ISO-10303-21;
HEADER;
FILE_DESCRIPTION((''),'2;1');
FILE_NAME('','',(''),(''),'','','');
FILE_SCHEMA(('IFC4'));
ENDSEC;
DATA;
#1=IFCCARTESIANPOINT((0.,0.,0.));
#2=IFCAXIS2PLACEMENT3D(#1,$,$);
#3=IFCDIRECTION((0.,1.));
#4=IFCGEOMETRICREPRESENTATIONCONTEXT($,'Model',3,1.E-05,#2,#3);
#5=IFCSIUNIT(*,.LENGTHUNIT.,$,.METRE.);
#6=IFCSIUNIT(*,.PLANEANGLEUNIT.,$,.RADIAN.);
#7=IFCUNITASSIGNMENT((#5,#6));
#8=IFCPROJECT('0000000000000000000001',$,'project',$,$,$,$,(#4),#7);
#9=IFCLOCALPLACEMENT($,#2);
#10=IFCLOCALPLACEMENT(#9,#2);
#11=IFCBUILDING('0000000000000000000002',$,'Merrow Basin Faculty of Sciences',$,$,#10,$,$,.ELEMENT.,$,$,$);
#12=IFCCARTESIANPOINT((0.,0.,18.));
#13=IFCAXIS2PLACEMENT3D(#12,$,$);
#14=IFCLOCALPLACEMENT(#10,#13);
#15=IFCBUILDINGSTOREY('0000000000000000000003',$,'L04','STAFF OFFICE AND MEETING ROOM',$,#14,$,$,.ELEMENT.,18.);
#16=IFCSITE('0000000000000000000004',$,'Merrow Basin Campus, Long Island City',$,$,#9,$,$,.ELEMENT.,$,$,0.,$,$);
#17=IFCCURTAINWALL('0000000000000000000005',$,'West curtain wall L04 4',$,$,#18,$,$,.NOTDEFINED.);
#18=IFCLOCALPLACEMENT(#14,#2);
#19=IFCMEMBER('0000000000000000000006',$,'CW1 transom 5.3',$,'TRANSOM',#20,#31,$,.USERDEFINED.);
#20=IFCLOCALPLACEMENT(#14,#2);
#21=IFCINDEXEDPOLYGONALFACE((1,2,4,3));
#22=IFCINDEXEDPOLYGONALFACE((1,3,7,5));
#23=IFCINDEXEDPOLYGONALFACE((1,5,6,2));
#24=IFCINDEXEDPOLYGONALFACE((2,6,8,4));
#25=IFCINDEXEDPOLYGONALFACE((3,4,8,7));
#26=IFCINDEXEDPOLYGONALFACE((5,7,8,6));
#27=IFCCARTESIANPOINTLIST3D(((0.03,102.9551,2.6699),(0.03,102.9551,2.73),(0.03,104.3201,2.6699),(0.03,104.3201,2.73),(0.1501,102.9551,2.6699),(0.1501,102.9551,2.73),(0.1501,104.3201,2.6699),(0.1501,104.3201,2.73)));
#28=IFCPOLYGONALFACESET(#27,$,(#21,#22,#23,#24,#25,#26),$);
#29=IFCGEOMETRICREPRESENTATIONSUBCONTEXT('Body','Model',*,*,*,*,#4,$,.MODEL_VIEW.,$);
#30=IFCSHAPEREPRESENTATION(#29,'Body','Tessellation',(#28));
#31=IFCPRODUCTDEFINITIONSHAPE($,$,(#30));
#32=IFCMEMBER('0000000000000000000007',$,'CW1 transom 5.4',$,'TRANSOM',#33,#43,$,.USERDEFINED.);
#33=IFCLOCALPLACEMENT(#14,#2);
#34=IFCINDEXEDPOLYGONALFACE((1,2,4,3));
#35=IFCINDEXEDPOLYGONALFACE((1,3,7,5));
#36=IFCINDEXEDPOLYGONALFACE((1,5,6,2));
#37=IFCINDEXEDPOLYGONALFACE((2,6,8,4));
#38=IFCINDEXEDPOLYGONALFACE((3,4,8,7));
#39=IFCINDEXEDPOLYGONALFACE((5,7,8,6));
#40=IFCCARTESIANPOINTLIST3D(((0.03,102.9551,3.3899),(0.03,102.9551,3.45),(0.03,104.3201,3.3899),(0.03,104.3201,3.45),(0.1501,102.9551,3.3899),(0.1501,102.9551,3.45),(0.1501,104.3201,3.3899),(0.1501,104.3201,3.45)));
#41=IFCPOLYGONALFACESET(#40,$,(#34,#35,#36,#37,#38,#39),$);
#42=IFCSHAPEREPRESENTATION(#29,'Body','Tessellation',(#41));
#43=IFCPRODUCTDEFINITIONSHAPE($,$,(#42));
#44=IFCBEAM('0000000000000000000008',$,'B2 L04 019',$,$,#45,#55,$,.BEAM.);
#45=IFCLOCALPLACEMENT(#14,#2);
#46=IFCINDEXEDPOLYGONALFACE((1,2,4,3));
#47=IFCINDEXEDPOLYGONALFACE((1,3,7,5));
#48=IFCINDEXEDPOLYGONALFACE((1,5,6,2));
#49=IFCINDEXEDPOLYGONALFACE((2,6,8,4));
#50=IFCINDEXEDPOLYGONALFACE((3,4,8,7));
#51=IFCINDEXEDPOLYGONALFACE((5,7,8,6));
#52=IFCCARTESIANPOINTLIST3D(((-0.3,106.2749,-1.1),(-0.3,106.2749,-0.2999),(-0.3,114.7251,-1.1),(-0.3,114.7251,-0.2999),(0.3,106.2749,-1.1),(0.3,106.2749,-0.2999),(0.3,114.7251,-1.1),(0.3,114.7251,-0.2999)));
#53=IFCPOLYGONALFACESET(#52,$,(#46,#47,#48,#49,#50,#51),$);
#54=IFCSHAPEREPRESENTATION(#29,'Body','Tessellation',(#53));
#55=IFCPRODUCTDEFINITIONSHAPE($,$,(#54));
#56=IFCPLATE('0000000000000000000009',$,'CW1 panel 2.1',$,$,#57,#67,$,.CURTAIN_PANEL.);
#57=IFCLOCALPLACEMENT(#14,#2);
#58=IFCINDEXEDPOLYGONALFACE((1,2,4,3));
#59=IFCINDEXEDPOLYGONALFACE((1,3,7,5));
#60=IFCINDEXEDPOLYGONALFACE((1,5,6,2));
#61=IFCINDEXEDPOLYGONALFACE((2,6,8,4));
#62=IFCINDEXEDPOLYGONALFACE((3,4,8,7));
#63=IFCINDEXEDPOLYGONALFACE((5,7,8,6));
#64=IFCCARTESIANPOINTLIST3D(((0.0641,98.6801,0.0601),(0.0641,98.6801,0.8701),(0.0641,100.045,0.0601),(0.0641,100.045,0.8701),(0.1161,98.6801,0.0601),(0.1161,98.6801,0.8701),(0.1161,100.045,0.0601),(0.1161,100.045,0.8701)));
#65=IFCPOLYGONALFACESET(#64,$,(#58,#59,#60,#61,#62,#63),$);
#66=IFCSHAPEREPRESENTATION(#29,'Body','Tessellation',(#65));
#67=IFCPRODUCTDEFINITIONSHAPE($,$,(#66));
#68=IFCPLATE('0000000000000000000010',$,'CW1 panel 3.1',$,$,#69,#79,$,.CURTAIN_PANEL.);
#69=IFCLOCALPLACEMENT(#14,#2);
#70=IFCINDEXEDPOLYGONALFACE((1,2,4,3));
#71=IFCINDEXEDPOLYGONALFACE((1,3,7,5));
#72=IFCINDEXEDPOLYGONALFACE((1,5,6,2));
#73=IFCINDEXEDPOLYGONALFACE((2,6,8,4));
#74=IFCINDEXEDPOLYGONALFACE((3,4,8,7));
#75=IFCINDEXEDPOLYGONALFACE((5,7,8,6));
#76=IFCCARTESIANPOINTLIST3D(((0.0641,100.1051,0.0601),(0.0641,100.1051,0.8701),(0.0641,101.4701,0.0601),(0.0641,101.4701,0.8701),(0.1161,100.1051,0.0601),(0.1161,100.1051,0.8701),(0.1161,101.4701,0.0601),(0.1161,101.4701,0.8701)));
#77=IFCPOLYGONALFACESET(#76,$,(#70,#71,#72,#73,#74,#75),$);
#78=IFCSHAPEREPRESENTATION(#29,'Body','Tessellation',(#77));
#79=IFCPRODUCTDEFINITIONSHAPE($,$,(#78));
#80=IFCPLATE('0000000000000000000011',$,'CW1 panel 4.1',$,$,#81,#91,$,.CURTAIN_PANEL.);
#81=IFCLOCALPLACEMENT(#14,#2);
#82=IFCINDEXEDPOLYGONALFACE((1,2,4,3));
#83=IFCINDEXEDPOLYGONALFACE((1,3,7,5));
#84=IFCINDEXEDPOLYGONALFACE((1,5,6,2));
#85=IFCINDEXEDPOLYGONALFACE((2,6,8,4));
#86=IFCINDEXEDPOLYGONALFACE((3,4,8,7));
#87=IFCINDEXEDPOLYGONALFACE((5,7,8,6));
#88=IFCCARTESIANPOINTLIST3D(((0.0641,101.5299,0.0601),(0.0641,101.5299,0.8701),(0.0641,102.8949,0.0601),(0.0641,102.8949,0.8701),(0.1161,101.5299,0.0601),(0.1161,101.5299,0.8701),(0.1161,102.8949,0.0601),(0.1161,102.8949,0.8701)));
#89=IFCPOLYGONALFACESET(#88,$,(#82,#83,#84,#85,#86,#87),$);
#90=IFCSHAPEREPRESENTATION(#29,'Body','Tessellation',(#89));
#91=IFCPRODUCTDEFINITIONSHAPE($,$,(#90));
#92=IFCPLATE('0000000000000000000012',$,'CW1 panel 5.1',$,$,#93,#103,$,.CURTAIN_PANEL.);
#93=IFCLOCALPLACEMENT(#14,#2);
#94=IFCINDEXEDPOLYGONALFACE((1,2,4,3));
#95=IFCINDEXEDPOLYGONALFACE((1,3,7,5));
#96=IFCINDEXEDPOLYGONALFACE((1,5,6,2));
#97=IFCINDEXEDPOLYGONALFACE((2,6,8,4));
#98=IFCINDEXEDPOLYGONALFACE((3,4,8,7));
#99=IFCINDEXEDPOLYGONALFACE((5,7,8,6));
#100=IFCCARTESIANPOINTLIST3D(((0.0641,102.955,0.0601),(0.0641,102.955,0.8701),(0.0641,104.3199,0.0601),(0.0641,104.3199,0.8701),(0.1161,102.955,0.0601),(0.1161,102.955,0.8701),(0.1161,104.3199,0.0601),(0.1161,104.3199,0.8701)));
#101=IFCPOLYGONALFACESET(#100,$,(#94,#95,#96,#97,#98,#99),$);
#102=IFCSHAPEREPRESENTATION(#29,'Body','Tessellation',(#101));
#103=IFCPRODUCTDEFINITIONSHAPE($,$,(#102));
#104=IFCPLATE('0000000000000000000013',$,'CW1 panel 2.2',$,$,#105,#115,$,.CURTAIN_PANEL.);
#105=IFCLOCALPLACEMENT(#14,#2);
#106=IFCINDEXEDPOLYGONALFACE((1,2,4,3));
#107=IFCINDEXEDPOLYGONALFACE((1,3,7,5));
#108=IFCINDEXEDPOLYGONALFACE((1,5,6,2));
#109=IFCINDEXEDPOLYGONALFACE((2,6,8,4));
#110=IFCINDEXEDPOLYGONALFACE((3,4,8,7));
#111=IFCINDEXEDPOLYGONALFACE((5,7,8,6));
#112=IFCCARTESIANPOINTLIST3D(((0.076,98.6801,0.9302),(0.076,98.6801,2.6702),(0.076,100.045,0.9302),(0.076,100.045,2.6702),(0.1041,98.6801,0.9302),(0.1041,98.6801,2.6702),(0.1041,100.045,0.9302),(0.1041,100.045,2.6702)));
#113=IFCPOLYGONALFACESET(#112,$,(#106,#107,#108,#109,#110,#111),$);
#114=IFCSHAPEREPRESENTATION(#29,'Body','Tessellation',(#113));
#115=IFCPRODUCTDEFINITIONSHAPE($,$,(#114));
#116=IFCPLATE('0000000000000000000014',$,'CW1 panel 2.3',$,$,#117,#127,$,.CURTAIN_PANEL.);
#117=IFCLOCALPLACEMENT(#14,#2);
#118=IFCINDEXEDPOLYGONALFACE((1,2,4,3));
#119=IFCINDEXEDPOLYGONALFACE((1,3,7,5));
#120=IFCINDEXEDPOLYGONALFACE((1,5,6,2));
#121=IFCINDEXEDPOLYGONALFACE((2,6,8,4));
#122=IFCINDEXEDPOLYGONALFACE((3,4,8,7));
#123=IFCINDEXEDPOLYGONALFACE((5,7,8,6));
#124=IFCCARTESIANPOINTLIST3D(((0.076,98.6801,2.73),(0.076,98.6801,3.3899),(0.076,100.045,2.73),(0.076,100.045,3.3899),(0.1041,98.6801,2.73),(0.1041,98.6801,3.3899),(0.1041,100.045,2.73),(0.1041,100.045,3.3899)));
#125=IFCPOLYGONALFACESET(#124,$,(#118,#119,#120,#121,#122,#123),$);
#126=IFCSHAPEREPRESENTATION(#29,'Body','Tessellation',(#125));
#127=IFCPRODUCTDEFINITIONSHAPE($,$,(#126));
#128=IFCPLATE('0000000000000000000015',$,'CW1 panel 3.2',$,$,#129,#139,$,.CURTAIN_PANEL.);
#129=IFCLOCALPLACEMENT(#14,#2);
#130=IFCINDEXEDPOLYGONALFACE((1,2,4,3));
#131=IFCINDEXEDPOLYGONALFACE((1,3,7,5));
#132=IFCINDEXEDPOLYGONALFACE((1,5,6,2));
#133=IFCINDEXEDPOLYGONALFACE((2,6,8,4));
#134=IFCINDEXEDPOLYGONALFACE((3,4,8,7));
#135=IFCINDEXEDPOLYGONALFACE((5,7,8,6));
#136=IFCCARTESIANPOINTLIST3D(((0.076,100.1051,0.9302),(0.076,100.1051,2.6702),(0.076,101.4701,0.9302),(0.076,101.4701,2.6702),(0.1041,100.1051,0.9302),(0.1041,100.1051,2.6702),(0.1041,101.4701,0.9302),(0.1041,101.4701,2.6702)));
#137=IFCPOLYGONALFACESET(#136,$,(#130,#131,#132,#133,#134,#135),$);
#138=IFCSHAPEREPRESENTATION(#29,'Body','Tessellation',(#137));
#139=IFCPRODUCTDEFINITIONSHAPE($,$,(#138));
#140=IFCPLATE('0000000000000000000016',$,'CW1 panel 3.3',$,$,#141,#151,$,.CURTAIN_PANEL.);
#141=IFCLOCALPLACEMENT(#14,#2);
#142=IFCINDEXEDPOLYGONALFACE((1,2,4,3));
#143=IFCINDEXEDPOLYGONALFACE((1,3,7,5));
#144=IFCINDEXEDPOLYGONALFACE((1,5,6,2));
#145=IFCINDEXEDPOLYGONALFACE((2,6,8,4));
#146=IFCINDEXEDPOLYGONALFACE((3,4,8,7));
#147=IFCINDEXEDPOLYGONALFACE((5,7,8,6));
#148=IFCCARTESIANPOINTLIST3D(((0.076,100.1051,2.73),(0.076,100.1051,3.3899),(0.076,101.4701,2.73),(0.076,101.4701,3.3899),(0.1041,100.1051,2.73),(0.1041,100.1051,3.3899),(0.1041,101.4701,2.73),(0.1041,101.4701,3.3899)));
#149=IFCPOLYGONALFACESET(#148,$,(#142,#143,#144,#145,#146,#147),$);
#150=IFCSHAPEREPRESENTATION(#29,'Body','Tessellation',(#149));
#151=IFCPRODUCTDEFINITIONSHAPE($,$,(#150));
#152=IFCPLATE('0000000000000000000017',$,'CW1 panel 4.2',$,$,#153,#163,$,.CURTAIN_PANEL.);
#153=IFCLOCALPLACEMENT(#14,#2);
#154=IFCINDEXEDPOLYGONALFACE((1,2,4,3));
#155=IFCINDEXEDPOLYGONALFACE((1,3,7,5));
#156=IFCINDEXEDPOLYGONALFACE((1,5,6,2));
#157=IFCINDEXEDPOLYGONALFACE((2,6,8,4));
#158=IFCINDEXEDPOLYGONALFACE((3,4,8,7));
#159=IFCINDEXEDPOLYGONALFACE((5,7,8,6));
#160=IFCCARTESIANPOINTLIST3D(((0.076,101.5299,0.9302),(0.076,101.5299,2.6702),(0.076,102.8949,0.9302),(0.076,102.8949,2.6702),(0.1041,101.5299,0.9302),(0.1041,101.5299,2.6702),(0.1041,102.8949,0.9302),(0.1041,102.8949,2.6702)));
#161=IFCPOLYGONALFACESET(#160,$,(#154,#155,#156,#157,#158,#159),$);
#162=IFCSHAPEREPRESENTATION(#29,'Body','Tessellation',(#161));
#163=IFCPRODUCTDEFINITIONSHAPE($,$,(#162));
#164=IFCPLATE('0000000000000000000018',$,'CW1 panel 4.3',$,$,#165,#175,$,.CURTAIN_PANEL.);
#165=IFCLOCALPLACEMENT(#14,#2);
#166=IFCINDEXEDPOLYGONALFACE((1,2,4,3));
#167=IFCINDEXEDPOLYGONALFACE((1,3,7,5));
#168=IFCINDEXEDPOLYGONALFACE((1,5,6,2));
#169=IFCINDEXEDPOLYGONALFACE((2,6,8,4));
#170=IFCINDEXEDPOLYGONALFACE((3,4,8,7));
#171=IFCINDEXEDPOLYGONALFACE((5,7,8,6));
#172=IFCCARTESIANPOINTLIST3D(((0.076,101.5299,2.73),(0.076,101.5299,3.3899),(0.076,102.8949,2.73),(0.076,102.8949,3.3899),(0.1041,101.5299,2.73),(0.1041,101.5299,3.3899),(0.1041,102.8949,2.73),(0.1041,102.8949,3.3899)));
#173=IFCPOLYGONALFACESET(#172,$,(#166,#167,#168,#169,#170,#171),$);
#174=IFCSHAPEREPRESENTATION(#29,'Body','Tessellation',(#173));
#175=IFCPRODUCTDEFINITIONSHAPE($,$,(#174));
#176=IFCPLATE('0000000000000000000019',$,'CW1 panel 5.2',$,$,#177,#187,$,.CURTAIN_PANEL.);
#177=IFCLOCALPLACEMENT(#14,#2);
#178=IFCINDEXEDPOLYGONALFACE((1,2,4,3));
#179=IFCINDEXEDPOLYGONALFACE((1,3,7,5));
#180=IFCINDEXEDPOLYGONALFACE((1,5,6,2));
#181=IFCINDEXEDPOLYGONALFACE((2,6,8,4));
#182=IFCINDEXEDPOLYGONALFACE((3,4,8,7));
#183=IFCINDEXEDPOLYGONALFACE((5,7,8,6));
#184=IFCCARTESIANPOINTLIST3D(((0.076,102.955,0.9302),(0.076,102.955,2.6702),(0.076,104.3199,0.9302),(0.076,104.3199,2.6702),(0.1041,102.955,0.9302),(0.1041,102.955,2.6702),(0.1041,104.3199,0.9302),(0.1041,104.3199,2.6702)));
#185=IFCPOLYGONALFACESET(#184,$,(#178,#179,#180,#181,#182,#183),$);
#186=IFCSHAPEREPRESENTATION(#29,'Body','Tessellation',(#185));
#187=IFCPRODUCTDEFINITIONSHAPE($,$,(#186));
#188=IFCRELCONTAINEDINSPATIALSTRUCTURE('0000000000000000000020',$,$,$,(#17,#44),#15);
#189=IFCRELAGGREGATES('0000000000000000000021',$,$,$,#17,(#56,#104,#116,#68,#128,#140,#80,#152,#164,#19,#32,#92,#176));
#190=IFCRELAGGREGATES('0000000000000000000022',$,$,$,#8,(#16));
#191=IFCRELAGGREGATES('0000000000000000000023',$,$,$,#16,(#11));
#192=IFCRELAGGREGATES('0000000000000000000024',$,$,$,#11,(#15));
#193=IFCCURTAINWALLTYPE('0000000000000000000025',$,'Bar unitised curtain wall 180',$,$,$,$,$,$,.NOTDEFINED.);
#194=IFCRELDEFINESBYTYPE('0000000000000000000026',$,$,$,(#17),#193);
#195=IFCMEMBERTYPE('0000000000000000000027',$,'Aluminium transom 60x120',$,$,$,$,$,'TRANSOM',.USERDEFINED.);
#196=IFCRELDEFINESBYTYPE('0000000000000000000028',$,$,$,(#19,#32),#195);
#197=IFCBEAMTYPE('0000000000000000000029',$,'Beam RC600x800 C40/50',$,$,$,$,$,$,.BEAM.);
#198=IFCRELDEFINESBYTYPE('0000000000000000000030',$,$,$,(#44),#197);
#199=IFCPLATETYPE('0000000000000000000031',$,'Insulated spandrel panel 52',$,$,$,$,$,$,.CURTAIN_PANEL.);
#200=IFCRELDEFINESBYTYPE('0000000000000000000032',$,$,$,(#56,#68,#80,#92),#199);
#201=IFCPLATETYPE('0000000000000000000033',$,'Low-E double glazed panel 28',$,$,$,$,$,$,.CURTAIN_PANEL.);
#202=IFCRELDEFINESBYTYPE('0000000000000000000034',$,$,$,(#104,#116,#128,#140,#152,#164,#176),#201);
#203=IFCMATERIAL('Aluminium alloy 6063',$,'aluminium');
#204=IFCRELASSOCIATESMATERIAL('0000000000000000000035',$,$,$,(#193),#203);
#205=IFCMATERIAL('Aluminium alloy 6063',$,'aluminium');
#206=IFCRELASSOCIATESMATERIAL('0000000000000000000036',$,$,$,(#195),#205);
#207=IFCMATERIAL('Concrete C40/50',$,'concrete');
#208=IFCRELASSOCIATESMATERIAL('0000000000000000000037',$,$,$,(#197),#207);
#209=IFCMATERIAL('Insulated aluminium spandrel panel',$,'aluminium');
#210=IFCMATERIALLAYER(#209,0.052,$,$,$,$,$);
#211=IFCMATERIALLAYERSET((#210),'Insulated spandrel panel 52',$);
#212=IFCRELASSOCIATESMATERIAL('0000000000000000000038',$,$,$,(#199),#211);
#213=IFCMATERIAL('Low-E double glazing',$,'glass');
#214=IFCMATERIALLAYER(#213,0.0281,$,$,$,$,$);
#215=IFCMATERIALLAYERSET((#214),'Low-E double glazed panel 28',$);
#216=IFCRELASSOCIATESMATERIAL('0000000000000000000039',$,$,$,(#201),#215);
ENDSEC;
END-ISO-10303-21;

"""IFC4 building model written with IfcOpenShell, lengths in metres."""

from ifc_helpers import new_model, si_unit, direction, frame, origin, origin_2d, place, context, subcontext, project, spatial, rectangle, extrude, material, layer, layer_set, material_profile, profile_set, type_object, element, aggregate, save


model = new_model("IFC4")

# Units and contexts
model_context = context("Model", 3, precision=1e-05, world=origin(), true_north=direction((0.0, 1.0)))
body_context = subcontext(model_context, "Body", "Model", "MODEL_VIEW")
ifc_project = project(units=[si_unit("LENGTHUNIT", "METRE"), si_unit("PLANEANGLEUNIT", "RADIAN")], contexts=[model_context])

# Site, building, storey
site_placement = place(None, origin())
site = spatial("IfcSite", under=ifc_project, at=site_placement, Name="Merrow Basin Campus, Long Island City", CompositionType="ELEMENT", RefElevation=0.0)
building_placement = place(site_placement, origin())
building = spatial("IfcBuilding", under=site, at=building_placement, Name="Merrow Basin Faculty of Sciences", CompositionType="ELEMENT")
storey_placement = place(building_placement, frame((0.0, 0.0, 18.0)))
storey = spatial("IfcBuildingStorey", under=building, at=storey_placement, Name="L04", Description="STAFF OFFICE AND MEETING ROOM", CompositionType="ELEMENT", Elevation=18.0)

# Curtain wall, members
ifc_material_1 = material(Name="Aluminium alloy 6063", Category="aluminium")
curtain_wall_type = type_object("IfcCurtainWallType", Name="Bar unitised curtain wall 180", PredefinedType="NOTDEFINED", material=ifc_material_1)
curtain_wall_placement = place(storey_placement, origin())
curtain_wall = element("IfcCurtainWall", 1, at=curtain_wall_placement, inside=storey, type_object=curtain_wall_type, Name="West curtain wall L04 4", PredefinedType="NOTDEFINED")
ifc_material_2 = material(Name="Aluminium alloy 6063", Category="aluminium")
ifc_material_profile_1 = material_profile(ifc_material_2, rectangle(XDim=0.1201, YDim=0.0601, at=origin_2d()))
ifc_profile_set_1 = profile_set([ifc_material_profile_1], Name="Aluminium alloy 6063")
member_type_1 = type_object("IfcMemberType", Name="Aluminium transom 60x120", ElementType="TRANSOM", PredefinedType="USERDEFINED", material=ifc_profile_set_1)
member_1_placement = place(storey_placement, frame((0.0901, 102.9551, 2.7), z_axis=(0.0, 1.0, 0.0), x_axis=(-1.0, 0.0, 0.0)))
member_1 = element("IfcMember", 2, at=member_1_placement, type_object=member_type_1, Name="CW1 transom 5.3", ObjectType="TRANSOM", PredefinedType="USERDEFINED", context=body_context, shape_type="SweptSolid", body=[
    extrude(rectangle(XDim=0.1201, YDim=0.0601, at=origin_2d()), origin(), (0.0, 0.0, 1.0), 1.365),
])
member_2_placement = place(storey_placement, frame((0.0901, 102.9551, 3.4199), z_axis=(0.0, 1.0, 0.0), x_axis=(-1.0, 0.0, 0.0)))
member_2 = element("IfcMember", 3, at=member_2_placement, type_object=member_type_1, Name="CW1 transom 5.4", ObjectType="TRANSOM", PredefinedType="USERDEFINED", context=body_context, shape_type="SweptSolid", body=[
    extrude(rectangle(XDim=0.1201, YDim=0.0601, at=origin_2d()), origin(), (0.0, 0.0, 1.0), 1.365),
])

# Beam
ifc_material_3 = material(Name="Concrete C40/50", Category="concrete")
ifc_material_profile_2 = material_profile(ifc_material_3, rectangle(XDim=0.6001, YDim=0.8, at=origin_2d()))
ifc_profile_set_2 = profile_set([ifc_material_profile_2], Name="Concrete C40/50")
beam_type = type_object("IfcBeamType", Name="Beam RC600x800 C40/50", PredefinedType="BEAM", material=ifc_profile_set_2)
beam_placement = place(storey_placement, frame((0.0, 106.2749, -0.7), z_axis=(0.0, 1.0, 0.0), x_axis=(-1.0, 0.0, 0.0)))
element("IfcBeam", 4, at=beam_placement, inside=storey, type_object=beam_type, Name="B2 L04 019", PredefinedType="BEAM", context=body_context, shape_type="SweptSolid", body=[
    extrude(rectangle(XDim=0.6001, YDim=0.8, at=origin_2d()), origin(), (0.0, 0.0, 1.0), 8.4502),
])

# Plates
ifc_material_4 = material(Name="Insulated aluminium spandrel panel", Category="aluminium")
ifc_layer_1 = layer(ifc_material_4, 0.052)
ifc_layer_set_1 = layer_set([ifc_layer_1], Name="Insulated spandrel panel 52")
plate_type_1 = type_object("IfcPlateType", Name="Insulated spandrel panel 52", PredefinedType="CURTAIN_PANEL", material=ifc_layer_set_1)
plate_1_placement = place(storey_placement, frame((0.0901, 99.3625, 0.0601), z_axis=(0.0, 0.0, 1.0), x_axis=(0.0, 1.0, 0.0)))
plate_1 = element("IfcPlate", 5, at=plate_1_placement, type_object=plate_type_1, Name="CW1 panel 2.1", PredefinedType="CURTAIN_PANEL", context=body_context, shape_type="SweptSolid", body=[
    extrude(rectangle(XDim=1.365, YDim=0.052, at=origin_2d()), origin(), (0.0, 0.0, 1.0), 0.8101),
])
plate_2_placement = place(storey_placement, frame((0.0901, 100.7876, 0.0601), z_axis=(0.0, 0.0, 1.0), x_axis=(0.0, 1.0, 0.0)))
plate_2 = element("IfcPlate", 6, at=plate_2_placement, type_object=plate_type_1, Name="CW1 panel 3.1", PredefinedType="CURTAIN_PANEL", context=body_context, shape_type="SweptSolid", body=[
    extrude(rectangle(XDim=1.365, YDim=0.052, at=origin_2d()), origin(), (0.0, 0.0, 1.0), 0.8101),
])
plate_3_placement = place(storey_placement, frame((0.0901, 102.2124, 0.0601), z_axis=(0.0, 0.0, 1.0), x_axis=(0.0, 1.0, 0.0)))
plate_3 = element("IfcPlate", 7, at=plate_3_placement, type_object=plate_type_1, Name="CW1 panel 4.1", PredefinedType="CURTAIN_PANEL", context=body_context, shape_type="SweptSolid", body=[
    extrude(rectangle(XDim=1.365, YDim=0.052, at=origin_2d()), origin(), (0.0, 0.0, 1.0), 0.8101),
])
plate_4_placement = place(storey_placement, frame((0.0901, 103.6375, 0.0601), z_axis=(0.0, 0.0, 1.0), x_axis=(0.0, 1.0, 0.0)))
plate_4 = element("IfcPlate", 8, at=plate_4_placement, type_object=plate_type_1, Name="CW1 panel 5.1", PredefinedType="CURTAIN_PANEL", context=body_context, shape_type="SweptSolid", body=[
    extrude(rectangle(XDim=1.365, YDim=0.052, at=origin_2d()), origin(), (0.0, 0.0, 1.0), 0.8101),
])
ifc_material_5 = material(Name="Low-E double glazing", Category="glass")
ifc_layer_2 = layer(ifc_material_5, 0.0281)
ifc_layer_set_2 = layer_set([ifc_layer_2], Name="Low-E double glazed panel 28")
plate_type_2 = type_object("IfcPlateType", Name="Low-E double glazed panel 28", PredefinedType="CURTAIN_PANEL", material=ifc_layer_set_2)
plate_5_placement = place(storey_placement, frame((0.0901, 99.3625, 0.9302), z_axis=(0.0, 0.0, 1.0), x_axis=(0.0, 1.0, 0.0)))
plate_5 = element("IfcPlate", 9, at=plate_5_placement, type_object=plate_type_2, Name="CW1 panel 2.2", PredefinedType="CURTAIN_PANEL", context=body_context, shape_type="SweptSolid", body=[
    extrude(rectangle(XDim=1.365, YDim=0.0281, at=origin_2d()), origin(), (0.0, 0.0, 1.0), 1.74),
])
plate_6_placement = place(storey_placement, frame((0.0901, 99.3625, 2.73), z_axis=(0.0, 0.0, 1.0), x_axis=(0.0, 1.0, 0.0)))
plate_6 = element("IfcPlate", 10, at=plate_6_placement, type_object=plate_type_2, Name="CW1 panel 2.3", PredefinedType="CURTAIN_PANEL", context=body_context, shape_type="SweptSolid", body=[
    extrude(rectangle(XDim=1.365, YDim=0.0281, at=origin_2d()), origin(), (0.0, 0.0, 1.0), 0.6599),
])
plate_7_placement = place(storey_placement, frame((0.0901, 100.7876, 0.9302), z_axis=(0.0, 0.0, 1.0), x_axis=(0.0, 1.0, 0.0)))
plate_7 = element("IfcPlate", 11, at=plate_7_placement, type_object=plate_type_2, Name="CW1 panel 3.2", PredefinedType="CURTAIN_PANEL", context=body_context, shape_type="SweptSolid", body=[
    extrude(rectangle(XDim=1.365, YDim=0.0281, at=origin_2d()), origin(), (0.0, 0.0, 1.0), 1.74),
])
plate_8_placement = place(storey_placement, frame((0.0901, 100.7876, 2.73), z_axis=(0.0, 0.0, 1.0), x_axis=(0.0, 1.0, 0.0)))
plate_8 = element("IfcPlate", 12, at=plate_8_placement, type_object=plate_type_2, Name="CW1 panel 3.3", PredefinedType="CURTAIN_PANEL", context=body_context, shape_type="SweptSolid", body=[
    extrude(rectangle(XDim=1.365, YDim=0.0281, at=origin_2d()), origin(), (0.0, 0.0, 1.0), 0.6599),
])
plate_9_placement = place(storey_placement, frame((0.0901, 102.2124, 0.9302), z_axis=(0.0, 0.0, 1.0), x_axis=(0.0, 1.0, 0.0)))
plate_9 = element("IfcPlate", 13, at=plate_9_placement, type_object=plate_type_2, Name="CW1 panel 4.2", PredefinedType="CURTAIN_PANEL", context=body_context, shape_type="SweptSolid", body=[
    extrude(rectangle(XDim=1.365, YDim=0.0281, at=origin_2d()), origin(), (0.0, 0.0, 1.0), 1.74),
])
plate_10_placement = place(storey_placement, frame((0.0901, 102.2124, 2.73), z_axis=(0.0, 0.0, 1.0), x_axis=(0.0, 1.0, 0.0)))
plate_10 = element("IfcPlate", 14, at=plate_10_placement, type_object=plate_type_2, Name="CW1 panel 4.3", PredefinedType="CURTAIN_PANEL", context=body_context, shape_type="SweptSolid", body=[
    extrude(rectangle(XDim=1.365, YDim=0.0281, at=origin_2d()), origin(), (0.0, 0.0, 1.0), 0.6599),
])
plate_11_placement = place(storey_placement, frame((0.0901, 103.6375, 0.9302), z_axis=(0.0, 0.0, 1.0), x_axis=(0.0, 1.0, 0.0)))
plate_11 = element("IfcPlate", 15, at=plate_11_placement, type_object=plate_type_2, Name="CW1 panel 5.2", PredefinedType="CURTAIN_PANEL", context=body_context, shape_type="SweptSolid", body=[
    extrude(rectangle(XDim=1.365, YDim=0.0281, at=origin_2d()), origin(), (0.0, 0.0, 1.0), 1.74),
])
aggregate(curtain_wall, [plate_1, plate_5, plate_6, plate_2, plate_7, plate_8, plate_3, plate_9, plate_10, member_1, member_2, plate_4, plate_11])

save(model, "model.ifc")
